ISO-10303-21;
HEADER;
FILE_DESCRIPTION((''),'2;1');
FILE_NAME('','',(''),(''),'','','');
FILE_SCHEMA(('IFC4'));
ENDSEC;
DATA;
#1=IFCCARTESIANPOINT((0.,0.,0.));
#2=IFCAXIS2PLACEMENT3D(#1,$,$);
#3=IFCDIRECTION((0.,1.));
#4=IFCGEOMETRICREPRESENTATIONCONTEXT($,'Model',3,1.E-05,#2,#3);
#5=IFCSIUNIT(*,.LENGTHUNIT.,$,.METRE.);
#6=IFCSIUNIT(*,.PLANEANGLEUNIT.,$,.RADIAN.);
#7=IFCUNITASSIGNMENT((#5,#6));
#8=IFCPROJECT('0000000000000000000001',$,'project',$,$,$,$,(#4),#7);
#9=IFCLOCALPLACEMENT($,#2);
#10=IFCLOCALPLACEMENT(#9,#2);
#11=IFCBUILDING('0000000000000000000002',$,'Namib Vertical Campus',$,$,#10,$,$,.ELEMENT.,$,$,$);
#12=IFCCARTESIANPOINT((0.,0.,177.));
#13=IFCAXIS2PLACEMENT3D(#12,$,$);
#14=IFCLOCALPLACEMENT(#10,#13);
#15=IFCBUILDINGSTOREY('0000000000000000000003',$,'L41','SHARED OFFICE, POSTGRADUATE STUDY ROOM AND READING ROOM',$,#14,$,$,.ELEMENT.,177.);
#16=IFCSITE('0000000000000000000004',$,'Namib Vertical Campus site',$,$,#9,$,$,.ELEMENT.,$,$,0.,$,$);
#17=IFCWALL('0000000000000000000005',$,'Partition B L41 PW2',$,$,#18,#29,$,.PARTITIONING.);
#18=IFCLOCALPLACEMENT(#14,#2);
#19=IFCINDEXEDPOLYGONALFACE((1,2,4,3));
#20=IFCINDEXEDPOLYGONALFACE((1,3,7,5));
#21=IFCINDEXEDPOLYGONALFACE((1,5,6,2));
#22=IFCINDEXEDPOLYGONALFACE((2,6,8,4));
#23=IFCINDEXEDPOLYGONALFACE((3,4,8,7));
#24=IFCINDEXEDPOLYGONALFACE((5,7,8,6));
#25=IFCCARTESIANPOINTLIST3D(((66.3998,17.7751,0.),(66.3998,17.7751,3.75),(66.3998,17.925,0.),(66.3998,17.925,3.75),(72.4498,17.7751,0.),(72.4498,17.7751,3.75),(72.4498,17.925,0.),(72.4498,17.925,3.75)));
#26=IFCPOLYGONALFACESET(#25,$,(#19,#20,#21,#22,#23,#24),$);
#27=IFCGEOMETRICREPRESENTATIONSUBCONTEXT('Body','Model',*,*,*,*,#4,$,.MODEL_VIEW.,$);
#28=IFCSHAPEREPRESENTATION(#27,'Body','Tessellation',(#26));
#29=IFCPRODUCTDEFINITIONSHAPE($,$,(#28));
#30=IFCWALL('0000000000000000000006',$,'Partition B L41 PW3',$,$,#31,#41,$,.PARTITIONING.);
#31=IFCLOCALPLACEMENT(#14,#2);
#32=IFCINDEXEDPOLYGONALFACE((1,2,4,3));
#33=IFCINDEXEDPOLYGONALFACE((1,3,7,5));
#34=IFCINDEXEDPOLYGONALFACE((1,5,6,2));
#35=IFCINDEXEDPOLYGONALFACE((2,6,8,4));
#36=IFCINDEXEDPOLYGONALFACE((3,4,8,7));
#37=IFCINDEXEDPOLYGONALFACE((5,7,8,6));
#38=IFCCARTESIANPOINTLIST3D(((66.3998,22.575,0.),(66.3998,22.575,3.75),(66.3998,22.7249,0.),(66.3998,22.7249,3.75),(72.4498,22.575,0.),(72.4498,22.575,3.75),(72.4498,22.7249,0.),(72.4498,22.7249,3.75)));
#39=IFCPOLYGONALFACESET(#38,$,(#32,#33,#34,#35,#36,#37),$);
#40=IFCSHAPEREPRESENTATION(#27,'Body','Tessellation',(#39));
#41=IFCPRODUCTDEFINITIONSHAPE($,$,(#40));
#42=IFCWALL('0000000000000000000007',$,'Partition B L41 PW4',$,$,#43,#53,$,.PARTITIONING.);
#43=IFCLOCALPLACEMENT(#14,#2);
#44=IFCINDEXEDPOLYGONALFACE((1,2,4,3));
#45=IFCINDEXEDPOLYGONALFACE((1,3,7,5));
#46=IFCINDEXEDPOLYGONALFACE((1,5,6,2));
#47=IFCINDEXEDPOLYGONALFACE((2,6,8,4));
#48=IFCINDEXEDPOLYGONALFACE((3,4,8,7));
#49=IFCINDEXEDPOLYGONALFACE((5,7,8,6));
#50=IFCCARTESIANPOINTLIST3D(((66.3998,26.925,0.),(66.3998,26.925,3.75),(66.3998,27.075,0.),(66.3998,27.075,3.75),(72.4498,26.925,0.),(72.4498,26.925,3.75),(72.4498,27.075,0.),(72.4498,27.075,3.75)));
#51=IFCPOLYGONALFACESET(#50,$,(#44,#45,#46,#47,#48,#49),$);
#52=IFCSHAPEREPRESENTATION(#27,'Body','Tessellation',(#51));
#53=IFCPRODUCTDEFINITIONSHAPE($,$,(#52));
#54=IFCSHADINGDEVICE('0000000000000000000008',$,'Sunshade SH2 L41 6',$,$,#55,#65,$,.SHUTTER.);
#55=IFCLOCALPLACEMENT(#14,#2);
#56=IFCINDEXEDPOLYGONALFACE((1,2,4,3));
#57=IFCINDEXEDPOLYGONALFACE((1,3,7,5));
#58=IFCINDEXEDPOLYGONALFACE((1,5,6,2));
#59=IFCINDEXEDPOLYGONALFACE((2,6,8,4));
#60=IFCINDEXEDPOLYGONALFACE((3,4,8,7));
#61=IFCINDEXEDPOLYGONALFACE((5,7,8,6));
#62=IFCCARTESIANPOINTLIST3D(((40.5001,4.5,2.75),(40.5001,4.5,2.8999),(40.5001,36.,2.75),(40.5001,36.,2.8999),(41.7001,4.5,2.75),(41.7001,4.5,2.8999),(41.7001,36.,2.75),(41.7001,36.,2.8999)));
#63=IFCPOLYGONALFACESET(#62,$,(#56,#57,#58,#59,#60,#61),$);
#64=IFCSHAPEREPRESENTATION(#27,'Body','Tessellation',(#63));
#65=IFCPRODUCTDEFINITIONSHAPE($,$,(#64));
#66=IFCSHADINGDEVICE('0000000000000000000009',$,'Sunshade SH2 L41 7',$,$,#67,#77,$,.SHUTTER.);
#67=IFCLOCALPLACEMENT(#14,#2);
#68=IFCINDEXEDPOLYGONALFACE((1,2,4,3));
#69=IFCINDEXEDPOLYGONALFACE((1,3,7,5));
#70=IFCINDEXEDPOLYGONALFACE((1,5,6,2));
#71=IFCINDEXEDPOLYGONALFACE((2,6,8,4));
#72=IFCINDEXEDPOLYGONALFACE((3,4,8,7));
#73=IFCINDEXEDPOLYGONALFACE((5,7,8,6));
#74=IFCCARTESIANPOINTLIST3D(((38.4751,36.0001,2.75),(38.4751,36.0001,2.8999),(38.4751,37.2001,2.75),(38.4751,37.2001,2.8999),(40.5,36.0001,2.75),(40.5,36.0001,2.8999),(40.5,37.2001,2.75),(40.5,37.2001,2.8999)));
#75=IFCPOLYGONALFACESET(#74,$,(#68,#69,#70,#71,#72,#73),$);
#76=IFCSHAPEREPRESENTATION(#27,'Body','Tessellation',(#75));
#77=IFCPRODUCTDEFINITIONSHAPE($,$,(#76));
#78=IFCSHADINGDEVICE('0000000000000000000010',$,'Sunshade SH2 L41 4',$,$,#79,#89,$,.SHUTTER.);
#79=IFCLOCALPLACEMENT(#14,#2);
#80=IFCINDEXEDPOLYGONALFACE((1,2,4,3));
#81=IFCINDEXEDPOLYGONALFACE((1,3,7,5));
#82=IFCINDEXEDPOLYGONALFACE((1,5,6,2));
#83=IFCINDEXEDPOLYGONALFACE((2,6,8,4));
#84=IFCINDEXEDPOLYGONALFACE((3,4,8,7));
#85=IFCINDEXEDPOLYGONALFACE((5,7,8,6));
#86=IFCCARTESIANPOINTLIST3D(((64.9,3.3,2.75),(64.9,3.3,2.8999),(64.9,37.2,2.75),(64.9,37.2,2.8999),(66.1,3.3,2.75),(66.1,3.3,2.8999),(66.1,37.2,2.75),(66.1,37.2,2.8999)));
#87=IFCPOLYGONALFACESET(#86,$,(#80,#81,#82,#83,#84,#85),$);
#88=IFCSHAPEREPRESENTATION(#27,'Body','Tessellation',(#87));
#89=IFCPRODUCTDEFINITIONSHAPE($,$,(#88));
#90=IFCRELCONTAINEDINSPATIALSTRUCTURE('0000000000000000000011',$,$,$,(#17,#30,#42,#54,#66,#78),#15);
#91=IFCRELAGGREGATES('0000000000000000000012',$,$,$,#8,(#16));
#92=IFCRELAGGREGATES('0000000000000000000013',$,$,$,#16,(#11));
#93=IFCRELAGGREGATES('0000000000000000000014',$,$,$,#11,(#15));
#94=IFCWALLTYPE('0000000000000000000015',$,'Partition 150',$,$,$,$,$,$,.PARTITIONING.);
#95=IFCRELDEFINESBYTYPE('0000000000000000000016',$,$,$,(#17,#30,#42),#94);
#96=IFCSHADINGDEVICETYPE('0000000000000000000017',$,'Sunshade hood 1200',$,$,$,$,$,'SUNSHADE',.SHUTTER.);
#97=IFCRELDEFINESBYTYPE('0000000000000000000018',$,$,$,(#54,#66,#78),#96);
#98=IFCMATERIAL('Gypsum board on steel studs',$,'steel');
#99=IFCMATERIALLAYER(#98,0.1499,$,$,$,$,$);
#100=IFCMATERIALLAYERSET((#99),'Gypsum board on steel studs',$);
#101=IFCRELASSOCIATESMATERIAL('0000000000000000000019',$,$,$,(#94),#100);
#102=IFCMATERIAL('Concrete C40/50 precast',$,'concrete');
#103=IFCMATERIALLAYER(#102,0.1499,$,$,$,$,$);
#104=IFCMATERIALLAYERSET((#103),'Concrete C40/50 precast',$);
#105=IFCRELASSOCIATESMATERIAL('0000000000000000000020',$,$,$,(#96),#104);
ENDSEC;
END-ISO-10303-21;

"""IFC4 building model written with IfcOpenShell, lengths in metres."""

from ifc_helpers import new_model, si_unit, direction, frame, frame_2d, origin, origin_2d, place, context, subcontext, project, spatial, rectangle, extrude, material, layer, layer_set, type_object, element, save


model = new_model("IFC4")

# Units and contexts
model_context = context("Model", 3, precision=1e-05, world=origin(), true_north=direction((0.0, 1.0)))
body_context = subcontext(model_context, "Body", "Model", "MODEL_VIEW")
ifc_project = project(units=[si_unit("LENGTHUNIT", "METRE"), si_unit("PLANEANGLEUNIT", "RADIAN")], contexts=[model_context])

# Site, building, storey
site_placement = place(None, origin())
site = spatial("IfcSite", under=ifc_project, at=site_placement, Name="Namib Vertical Campus site", CompositionType="ELEMENT", RefElevation=0.0)
building_placement = place(site_placement, origin())
building = spatial("IfcBuilding", under=site, at=building_placement, Name="Namib Vertical Campus", CompositionType="ELEMENT")
storey_placement = place(building_placement, frame((0.0, 0.0, 177.0)))
storey = spatial("IfcBuildingStorey", under=building, at=storey_placement, Name="L41", Description="SHARED OFFICE, POSTGRADUATE STUDY ROOM AND READING ROOM", CompositionType="ELEMENT", Elevation=177.0)

# Walls
ifc_material_1 = material(Name="Gypsum board on steel studs", Category="steel")
ifc_layer_1 = layer(ifc_material_1, 0.1499)
ifc_layer_set_1 = layer_set([ifc_layer_1], Name="Gypsum board on steel studs")
wall_type_1 = type_object("IfcWallType", Name="Partition 150", PredefinedType="PARTITIONING", material=ifc_layer_set_1)
for number, where, z_axis, x_axis, name in (
    (1, (66.3999, 17.8501, 0.0), (0.0, 0.0, 1.0), (1.0, 0.0, 0.0), "Partition B L41 PW2"),
    (2, (66.3999, 22.6499, 0.0), (0.0, 0.0, 1.0), (1.0, 0.0, 0.0), "Partition B L41 PW3"),
    (3, (66.3999, 27.0, 0.0), (0.0, 0.0, 1.0), (1.0, 0.0, 0.0), "Partition B L41 PW4"),
):
    element("IfcWall", number, at=place(storey_placement, frame(where, z_axis=z_axis, x_axis=x_axis)), inside=storey, type_object=wall_type_1, Name=name, PredefinedType="PARTITIONING", context=body_context, shape_type="SweptSolid", body=[
        extrude(rectangle(XDim=6.05, YDim=0.1499, at=frame_2d((3.0249, 0.0))), origin(), (0.0, 0.0, 1.0), 3.75),
    ])

# Shading devices
ifc_material_2 = material(Name="Concrete C40/50 precast", Category="concrete")
ifc_layer_2 = layer(ifc_material_2, 0.1499)
ifc_layer_set_2 = layer_set([ifc_layer_2], Name="Concrete C40/50 precast")
shading_device_type = type_object("IfcShadingDeviceType", Name="Sunshade hood 1200", ElementType="SUNSHADE", PredefinedType="SHUTTER", material=ifc_layer_set_2)
shading_device_1_placement = place(storey_placement, frame((41.1001, 20.25, 2.75), z_axis=(0.0, 0.0, 1.0), x_axis=(0.0, 1.0, 0.0)))
element("IfcShadingDevice", 4, at=shading_device_1_placement, inside=storey, type_object=shading_device_type, Name="Sunshade SH2 L41 6", PredefinedType="SHUTTER", context=body_context, shape_type="SweptSolid", body=[
    extrude(rectangle(XDim=31.5, YDim=1.2, at=origin_2d()), origin(), (0.0, 0.0, 1.0), 0.1499),
])
shading_device_2_placement = place(storey_placement, frame((39.4875, 36.6001, 2.75), z_axis=(0.0, 0.0, 1.0), x_axis=(-1.0, 0.0, 0.0)))
element("IfcShadingDevice", 5, at=shading_device_2_placement, inside=storey, type_object=shading_device_type, Name="Sunshade SH2 L41 7", PredefinedType="SHUTTER", context=body_context, shape_type="SweptSolid", body=[
    extrude(rectangle(XDim=2.0249, YDim=1.2, at=origin_2d()), origin(), (0.0, 0.0, 1.0), 0.1499),
])
shading_device_3_placement = place(storey_placement, frame((65.5, 20.25, 2.75), z_axis=(0.0, 0.0, 1.0), x_axis=(0.0, -1.0, 0.0)))
element("IfcShadingDevice", 6, at=shading_device_3_placement, inside=storey, type_object=shading_device_type, Name="Sunshade SH2 L41 4", PredefinedType="SHUTTER", context=body_context, shape_type="SweptSolid", body=[
    extrude(rectangle(XDim=33.8999, YDim=1.2, at=origin_2d()), origin(), (0.0, 0.0, 1.0), 0.1499),
])

save(model, "model.ifc")
